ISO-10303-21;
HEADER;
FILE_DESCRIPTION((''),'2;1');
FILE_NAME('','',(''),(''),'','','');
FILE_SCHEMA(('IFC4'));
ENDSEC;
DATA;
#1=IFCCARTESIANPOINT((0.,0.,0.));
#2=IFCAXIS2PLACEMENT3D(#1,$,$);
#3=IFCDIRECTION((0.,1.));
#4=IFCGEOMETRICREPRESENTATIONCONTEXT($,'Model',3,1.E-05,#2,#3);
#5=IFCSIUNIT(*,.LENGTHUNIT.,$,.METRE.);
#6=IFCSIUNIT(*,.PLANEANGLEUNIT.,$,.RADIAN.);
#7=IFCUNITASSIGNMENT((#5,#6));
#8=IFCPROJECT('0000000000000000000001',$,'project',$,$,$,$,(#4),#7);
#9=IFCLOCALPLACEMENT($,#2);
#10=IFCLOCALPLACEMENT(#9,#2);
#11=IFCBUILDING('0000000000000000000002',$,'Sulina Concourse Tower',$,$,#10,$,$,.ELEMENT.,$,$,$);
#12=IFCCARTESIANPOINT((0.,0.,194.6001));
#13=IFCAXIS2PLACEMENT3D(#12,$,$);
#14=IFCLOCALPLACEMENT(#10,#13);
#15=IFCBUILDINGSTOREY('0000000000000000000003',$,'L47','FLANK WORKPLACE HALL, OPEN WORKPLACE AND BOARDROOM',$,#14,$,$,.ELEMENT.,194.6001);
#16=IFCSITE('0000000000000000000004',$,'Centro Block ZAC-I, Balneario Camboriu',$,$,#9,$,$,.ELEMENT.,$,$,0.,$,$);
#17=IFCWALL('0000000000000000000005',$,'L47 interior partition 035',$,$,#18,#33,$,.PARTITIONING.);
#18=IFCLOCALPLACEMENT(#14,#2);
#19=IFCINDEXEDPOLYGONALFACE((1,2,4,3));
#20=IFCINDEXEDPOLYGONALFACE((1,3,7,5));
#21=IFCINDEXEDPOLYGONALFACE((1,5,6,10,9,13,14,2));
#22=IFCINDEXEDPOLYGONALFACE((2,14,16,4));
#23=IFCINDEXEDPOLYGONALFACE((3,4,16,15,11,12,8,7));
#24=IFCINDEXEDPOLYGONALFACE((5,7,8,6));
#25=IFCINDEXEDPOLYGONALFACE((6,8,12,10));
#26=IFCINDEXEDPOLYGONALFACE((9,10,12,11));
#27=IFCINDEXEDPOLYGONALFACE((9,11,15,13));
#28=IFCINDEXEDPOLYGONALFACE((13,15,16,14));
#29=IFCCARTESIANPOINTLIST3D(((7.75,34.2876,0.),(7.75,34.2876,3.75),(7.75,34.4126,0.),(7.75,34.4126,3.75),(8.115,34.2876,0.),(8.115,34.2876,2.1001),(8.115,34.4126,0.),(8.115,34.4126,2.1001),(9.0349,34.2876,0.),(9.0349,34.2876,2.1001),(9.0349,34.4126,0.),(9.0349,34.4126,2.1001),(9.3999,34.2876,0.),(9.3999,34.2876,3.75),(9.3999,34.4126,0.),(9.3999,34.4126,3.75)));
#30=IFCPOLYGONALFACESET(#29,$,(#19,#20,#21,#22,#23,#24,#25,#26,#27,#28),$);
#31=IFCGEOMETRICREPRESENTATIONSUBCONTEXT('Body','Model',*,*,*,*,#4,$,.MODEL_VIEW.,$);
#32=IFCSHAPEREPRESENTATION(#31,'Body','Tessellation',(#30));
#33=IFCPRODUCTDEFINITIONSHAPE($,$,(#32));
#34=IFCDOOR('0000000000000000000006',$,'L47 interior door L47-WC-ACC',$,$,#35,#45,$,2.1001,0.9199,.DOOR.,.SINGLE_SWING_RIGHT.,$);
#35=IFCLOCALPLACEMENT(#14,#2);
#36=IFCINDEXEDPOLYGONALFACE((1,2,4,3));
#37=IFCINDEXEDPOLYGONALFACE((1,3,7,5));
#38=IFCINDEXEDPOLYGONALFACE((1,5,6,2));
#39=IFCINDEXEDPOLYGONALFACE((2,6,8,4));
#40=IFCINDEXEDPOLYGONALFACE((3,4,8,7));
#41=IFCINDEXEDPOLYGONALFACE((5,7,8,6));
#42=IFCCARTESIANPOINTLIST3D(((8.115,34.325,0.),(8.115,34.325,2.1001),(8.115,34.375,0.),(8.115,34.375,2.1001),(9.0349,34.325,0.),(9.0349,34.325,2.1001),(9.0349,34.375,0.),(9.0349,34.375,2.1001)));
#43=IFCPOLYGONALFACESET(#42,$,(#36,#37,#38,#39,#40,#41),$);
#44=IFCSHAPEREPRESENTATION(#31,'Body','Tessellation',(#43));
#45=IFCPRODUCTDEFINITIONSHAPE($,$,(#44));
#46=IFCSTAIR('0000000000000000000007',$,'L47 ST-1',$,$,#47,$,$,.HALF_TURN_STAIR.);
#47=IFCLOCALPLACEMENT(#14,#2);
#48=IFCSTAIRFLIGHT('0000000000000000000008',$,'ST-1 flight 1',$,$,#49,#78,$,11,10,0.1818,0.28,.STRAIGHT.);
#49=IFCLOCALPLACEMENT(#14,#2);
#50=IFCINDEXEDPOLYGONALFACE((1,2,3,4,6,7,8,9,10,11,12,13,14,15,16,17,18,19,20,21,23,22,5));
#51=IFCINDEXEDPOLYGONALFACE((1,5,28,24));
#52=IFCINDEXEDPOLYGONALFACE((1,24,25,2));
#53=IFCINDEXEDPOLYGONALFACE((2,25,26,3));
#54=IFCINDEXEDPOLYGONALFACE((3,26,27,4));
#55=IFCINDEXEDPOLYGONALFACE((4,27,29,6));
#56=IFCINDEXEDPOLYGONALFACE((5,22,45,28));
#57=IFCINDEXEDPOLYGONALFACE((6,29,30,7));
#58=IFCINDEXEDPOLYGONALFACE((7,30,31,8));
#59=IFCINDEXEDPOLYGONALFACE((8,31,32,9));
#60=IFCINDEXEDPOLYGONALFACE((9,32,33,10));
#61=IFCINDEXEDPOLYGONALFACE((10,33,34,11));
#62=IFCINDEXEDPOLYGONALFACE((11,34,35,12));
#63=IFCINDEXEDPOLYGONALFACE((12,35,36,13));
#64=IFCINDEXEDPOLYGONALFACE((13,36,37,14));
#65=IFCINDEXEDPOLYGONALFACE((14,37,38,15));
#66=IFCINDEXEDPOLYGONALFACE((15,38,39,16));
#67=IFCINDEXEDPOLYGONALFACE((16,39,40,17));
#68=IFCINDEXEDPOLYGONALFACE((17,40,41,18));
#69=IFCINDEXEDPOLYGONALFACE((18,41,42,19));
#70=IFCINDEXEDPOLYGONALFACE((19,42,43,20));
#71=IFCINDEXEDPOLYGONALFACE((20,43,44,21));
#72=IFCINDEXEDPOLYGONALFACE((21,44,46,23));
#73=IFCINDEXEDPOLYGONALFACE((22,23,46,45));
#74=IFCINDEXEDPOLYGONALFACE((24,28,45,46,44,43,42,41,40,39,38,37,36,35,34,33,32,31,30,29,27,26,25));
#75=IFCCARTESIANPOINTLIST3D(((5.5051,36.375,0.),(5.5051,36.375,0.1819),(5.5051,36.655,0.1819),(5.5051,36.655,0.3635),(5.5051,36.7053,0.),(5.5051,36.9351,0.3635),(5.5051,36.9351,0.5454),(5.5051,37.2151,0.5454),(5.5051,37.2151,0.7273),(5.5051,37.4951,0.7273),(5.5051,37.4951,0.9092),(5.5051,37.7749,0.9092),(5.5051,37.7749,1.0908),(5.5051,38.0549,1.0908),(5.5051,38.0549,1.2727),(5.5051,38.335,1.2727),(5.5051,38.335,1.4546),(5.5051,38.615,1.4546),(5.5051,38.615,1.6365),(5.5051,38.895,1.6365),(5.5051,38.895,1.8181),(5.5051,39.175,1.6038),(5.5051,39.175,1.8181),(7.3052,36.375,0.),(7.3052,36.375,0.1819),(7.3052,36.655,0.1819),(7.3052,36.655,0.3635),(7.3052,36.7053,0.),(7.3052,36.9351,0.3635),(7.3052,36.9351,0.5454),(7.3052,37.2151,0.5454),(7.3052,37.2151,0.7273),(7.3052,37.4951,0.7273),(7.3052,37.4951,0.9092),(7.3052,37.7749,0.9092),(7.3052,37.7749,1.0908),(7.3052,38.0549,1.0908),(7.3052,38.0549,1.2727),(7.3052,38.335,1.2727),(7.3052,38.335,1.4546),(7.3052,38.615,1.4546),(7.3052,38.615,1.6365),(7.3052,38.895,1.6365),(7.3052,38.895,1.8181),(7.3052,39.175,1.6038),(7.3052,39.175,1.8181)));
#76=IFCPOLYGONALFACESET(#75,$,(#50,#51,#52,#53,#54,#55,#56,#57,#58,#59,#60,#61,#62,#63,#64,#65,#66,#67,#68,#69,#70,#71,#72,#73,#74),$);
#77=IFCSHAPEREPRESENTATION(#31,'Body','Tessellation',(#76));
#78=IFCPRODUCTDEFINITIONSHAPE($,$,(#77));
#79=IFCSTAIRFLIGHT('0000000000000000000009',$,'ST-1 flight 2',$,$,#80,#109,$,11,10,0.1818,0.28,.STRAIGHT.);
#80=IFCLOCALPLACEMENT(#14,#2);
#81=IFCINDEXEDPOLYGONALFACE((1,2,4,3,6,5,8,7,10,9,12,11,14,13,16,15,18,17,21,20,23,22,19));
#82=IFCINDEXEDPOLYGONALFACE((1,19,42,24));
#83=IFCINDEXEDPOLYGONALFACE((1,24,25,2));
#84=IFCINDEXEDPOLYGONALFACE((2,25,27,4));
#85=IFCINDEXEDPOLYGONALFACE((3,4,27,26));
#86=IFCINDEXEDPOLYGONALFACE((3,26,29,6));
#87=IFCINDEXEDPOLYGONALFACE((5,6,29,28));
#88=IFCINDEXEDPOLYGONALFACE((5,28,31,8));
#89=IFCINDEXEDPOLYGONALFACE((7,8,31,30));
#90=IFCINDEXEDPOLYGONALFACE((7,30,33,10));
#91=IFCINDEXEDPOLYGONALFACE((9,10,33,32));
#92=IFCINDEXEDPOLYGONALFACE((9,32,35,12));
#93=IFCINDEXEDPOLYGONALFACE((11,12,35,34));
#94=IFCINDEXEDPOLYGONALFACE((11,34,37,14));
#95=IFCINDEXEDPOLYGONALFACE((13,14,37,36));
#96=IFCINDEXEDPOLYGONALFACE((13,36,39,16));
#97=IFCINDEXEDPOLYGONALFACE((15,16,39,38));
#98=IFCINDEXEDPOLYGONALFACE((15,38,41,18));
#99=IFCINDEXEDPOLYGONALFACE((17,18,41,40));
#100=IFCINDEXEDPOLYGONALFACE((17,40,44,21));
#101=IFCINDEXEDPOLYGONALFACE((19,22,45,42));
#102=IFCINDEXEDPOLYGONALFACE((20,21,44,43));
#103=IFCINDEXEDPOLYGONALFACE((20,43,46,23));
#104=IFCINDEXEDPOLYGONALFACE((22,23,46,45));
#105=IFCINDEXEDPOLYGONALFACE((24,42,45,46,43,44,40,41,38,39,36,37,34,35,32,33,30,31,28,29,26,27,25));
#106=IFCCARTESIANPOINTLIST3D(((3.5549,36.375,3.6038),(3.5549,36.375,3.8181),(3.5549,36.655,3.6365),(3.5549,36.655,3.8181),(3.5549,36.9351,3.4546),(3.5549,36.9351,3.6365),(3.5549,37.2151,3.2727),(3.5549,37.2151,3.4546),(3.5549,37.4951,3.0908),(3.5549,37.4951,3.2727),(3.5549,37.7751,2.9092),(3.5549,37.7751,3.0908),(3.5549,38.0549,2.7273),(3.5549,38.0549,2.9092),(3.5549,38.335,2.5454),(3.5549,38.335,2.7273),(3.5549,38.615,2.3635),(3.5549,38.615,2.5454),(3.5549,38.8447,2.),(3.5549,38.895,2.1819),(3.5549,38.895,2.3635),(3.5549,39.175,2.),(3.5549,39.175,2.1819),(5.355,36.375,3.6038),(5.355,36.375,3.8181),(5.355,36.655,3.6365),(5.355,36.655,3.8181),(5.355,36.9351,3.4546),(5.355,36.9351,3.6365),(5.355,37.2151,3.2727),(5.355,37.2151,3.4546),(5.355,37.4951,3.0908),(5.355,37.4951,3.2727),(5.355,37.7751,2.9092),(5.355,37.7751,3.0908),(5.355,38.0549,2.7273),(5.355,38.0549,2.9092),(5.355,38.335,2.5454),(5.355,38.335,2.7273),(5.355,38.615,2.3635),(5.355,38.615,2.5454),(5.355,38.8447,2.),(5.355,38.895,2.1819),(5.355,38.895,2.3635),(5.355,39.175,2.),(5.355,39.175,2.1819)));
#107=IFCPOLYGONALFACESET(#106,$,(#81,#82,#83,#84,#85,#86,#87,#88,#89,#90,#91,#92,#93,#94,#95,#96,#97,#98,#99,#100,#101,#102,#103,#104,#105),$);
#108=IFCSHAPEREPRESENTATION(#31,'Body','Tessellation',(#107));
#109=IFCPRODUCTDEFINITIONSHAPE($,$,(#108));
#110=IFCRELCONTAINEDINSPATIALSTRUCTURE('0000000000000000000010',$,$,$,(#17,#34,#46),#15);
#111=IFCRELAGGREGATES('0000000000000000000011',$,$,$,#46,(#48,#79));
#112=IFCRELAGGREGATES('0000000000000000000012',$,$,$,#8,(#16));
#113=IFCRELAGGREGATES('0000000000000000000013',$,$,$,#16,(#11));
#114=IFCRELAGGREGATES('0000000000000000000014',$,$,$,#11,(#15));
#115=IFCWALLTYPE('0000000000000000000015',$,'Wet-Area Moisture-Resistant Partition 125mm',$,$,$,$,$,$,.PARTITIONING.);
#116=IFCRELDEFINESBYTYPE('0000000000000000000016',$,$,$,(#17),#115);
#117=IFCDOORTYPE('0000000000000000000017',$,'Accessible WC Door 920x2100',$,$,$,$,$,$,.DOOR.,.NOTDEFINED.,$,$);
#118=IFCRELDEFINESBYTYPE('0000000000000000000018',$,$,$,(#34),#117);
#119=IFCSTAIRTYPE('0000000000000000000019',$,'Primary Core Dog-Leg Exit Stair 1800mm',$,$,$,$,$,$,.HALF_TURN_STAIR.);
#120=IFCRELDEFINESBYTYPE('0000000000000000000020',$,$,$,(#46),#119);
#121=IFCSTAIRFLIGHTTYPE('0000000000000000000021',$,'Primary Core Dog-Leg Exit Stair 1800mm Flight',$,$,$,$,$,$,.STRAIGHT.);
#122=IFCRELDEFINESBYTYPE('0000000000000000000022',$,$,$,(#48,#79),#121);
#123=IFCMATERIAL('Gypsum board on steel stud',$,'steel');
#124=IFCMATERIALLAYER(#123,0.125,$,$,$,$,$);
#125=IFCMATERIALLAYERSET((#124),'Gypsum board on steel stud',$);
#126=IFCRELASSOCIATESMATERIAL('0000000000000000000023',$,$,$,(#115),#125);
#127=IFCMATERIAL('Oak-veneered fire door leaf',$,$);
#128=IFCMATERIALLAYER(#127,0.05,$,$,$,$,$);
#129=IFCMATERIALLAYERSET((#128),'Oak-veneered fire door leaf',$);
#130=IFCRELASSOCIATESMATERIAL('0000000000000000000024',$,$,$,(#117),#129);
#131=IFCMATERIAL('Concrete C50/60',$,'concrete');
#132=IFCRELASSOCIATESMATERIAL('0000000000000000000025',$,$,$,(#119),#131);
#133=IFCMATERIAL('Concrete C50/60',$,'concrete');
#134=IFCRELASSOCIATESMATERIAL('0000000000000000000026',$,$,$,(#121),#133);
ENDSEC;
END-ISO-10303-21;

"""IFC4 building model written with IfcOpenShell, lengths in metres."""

from ifc_helpers import new_model, si_unit, direction, frame, frame_2d, origin, place, context, subcontext, project, spatial, polyline, rectangle, outline, extrude, material, layer, layer_set, type_object, element, fill, aggregate, save


model = new_model("IFC4")

# Units and contexts
model_context = context("Model", 3, precision=1e-05, world=origin(), true_north=direction((0.0, 1.0)))
body_context = subcontext(model_context, "Body", "Model", "MODEL_VIEW")
ifc_project = project(units=[si_unit("LENGTHUNIT", "METRE"), si_unit("PLANEANGLEUNIT", "RADIAN")], contexts=[model_context])

# Site, building, storey
site_placement = place(None, origin())
site = spatial("IfcSite", under=ifc_project, at=site_placement, Name="Centro Block ZAC-I, Balneario Camboriu", CompositionType="ELEMENT", RefElevation=0.0)
building_placement = place(site_placement, origin())
building = spatial("IfcBuilding", under=site, at=building_placement, Name="Sulina Concourse Tower", CompositionType="ELEMENT")
storey_placement = place(building_placement, frame((0.0, 0.0, 194.6001)))
storey = spatial("IfcBuildingStorey", under=building, at=storey_placement, Name="L47", Description="FLANK WORKPLACE HALL, OPEN WORKPLACE AND BOARDROOM", CompositionType="ELEMENT", Elevation=194.6001)

# Wall, opening, door
ifc_material_1 = material(Name="Gypsum board on steel stud", Category="steel")
ifc_layer_1 = layer(ifc_material_1, 0.125)
ifc_layer_set_1 = layer_set([ifc_layer_1], Name="Gypsum board on steel stud")
wall_type_1 = type_object("IfcWallType", Name="Wet-Area Moisture-Resistant Partition 125mm", PredefinedType="PARTITIONING", material=ifc_layer_set_1)
wall_1_placement = place(storey_placement, frame((7.75, 34.3501, 0.0), z_axis=(0.0, 0.0, 1.0), x_axis=(1.0, 0.0, 0.0)))
wall_1 = element("IfcWall", 1, at=wall_1_placement, inside=storey, type_object=wall_type_1, Name="L47 interior partition 035", PredefinedType="PARTITIONING", context=body_context, shape_type="SweptSolid", body=[
    extrude(rectangle(XDim=1.6499, YDim=0.125, at=frame_2d((0.825, 0.0))), origin(), (0.0, 0.0, 1.0), 3.75),
])
opening_1_placement = place(wall_1_placement, frame((0.365, 0.0, 0.0)))
opening_1 = element("IfcOpeningElement", 2, at=opening_1_placement, cuts=wall_1, PredefinedType="OPENING", context=body_context, shape_type="SweptSolid", body=[
    extrude(rectangle(XDim=0.9199, YDim=2.1001, at=frame_2d((0.46, 1.05))), frame((0.0, 0.0725, 0.0), z_axis=(0.0, -1.0, 0.0), x_axis=(1.0, 0.0, 0.0)), (0.0, 0.0, 1.0), 0.145),
])
ifc_material_2 = material(Name="Oak-veneered fire door leaf")
ifc_layer_2 = layer(ifc_material_2, 0.05)
ifc_layer_set_2 = layer_set([ifc_layer_2], Name="Oak-veneered fire door leaf")
door_type_1 = type_object("IfcDoorType", Name="Accessible WC Door 920x2100", OperationType="NOTDEFINED", PredefinedType="DOOR", material=ifc_layer_set_2)
door_1_placement = place(opening_1_placement, origin())
door_1 = element("IfcDoor", 3, at=door_1_placement, inside=storey, type_object=door_type_1, Name="L47 interior door L47-WC-ACC", OperationType="SINGLE_SWING_RIGHT", OverallHeight=2.1001, OverallWidth=0.9199, PredefinedType="DOOR", context=body_context, shape_type="SweptSolid", body=[
    extrude(rectangle(XDim=0.9199, YDim=2.1001, at=frame_2d((0.46, 1.05))), frame((0.0, 0.0249, 0.0), z_axis=(0.0, -1.0, 0.0), x_axis=(1.0, 0.0, 0.0)), (0.0, 0.0, 1.0), 0.05),
])
fill(opening_1, door_1)

# Stair, stair flights
ifc_material_3 = material(Name="Concrete C50/60", Category="concrete")
stair_type = type_object("IfcStairType", Name="Primary Core Dog-Leg Exit Stair 1800mm", PredefinedType="HALF_TURN_STAIR", material=ifc_material_3)
stair_placement = place(storey_placement, origin())
stair = element("IfcStair", 4, at=stair_placement, inside=storey, type_object=stair_type, Name="L47 ST-1", PredefinedType="HALF_TURN_STAIR")
ifc_material_4 = material(Name="Concrete C50/60", Category="concrete")
stair_flight_type = type_object("IfcStairFlightType", Name="Primary Core Dog-Leg Exit Stair 1800mm Flight", PredefinedType="STRAIGHT", material=ifc_material_4)
stair_flight_1_placement = place(storey_placement, frame((6.405, 36.375, 0.0), z_axis=(0.0, 0.0, 1.0), x_axis=(0.0, 1.0, 0.0)))
stair_flight_1 = element("IfcStairFlight", 5, at=stair_flight_1_placement, type_object=stair_flight_type, Name="ST-1 flight 1", NumberOfRisers=11, NumberOfTreads=10, PredefinedType="STRAIGHT", RiserHeight=0.1818, TreadLength=0.28, context=body_context, shape_type="SweptSolid", body=[
    extrude(outline(polyline([(0.0, 0.0), (0.0, 0.1819), (0.28, 0.1819), (0.28, 0.3635), (0.5601, 0.3635), (0.5601, 0.5454), (0.8401, 0.5454), (0.8401, 0.7273), (1.1201, 0.7273), (1.1201, 0.9092), (1.3999, 0.9092), (1.3999, 1.0908), (1.6799, 1.0908), (1.6799, 1.2727), (1.96, 1.2727), (1.96, 1.4546), (2.24, 1.4546), (2.24, 1.6365), (2.52, 1.6365), (2.52, 1.8181), (2.8, 1.8181), (2.8, 2.0), (2.8, 1.6038), (0.3303, 0.0), (0.0, 0.0)])), frame((0.0, 0.8999, 0.0), z_axis=(0.0, -1.0, 0.0), x_axis=(1.0, 0.0, 0.0)), (0.0, 0.0, 1.0), 1.8),
])
stair_flight_2_placement = place(storey_placement, frame((4.4551, 39.175, 2.0), z_axis=(0.0, 0.0, 1.0), x_axis=(0.0, -1.0, 0.0)))
stair_flight_2 = element("IfcStairFlight", 6, at=stair_flight_2_placement, type_object=stair_flight_type, Name="ST-1 flight 2", NumberOfRisers=11, NumberOfTreads=10, PredefinedType="STRAIGHT", RiserHeight=0.1818, TreadLength=0.28, context=body_context, shape_type="SweptSolid", body=[
    extrude(outline(polyline([(0.0, 0.0), (0.0, 0.1819), (0.28, 0.1819), (0.28, 0.3635), (0.5601, 0.3635), (0.5601, 0.5454), (0.8401, 0.5454), (0.8401, 0.7273), (1.1201, 0.7273), (1.1201, 0.9092), (1.3999, 0.9092), (1.3999, 1.0908), (1.6799, 1.0908), (1.6799, 1.2727), (1.96, 1.2727), (1.96, 1.4546), (2.24, 1.4546), (2.24, 1.6365), (2.52, 1.6365), (2.52, 1.8181), (2.8, 1.8181), (2.8, 2.0), (2.8, 1.6038), (0.3303, 0.0), (0.0, 0.0)])), frame((0.0, 0.8999, 0.0), z_axis=(0.0, -1.0, 0.0), x_axis=(1.0, 0.0, 0.0)), (0.0, 0.0, 1.0), 1.8),
])
aggregate(stair, [stair_flight_1, stair_flight_2])

save(model, "model.ifc")
